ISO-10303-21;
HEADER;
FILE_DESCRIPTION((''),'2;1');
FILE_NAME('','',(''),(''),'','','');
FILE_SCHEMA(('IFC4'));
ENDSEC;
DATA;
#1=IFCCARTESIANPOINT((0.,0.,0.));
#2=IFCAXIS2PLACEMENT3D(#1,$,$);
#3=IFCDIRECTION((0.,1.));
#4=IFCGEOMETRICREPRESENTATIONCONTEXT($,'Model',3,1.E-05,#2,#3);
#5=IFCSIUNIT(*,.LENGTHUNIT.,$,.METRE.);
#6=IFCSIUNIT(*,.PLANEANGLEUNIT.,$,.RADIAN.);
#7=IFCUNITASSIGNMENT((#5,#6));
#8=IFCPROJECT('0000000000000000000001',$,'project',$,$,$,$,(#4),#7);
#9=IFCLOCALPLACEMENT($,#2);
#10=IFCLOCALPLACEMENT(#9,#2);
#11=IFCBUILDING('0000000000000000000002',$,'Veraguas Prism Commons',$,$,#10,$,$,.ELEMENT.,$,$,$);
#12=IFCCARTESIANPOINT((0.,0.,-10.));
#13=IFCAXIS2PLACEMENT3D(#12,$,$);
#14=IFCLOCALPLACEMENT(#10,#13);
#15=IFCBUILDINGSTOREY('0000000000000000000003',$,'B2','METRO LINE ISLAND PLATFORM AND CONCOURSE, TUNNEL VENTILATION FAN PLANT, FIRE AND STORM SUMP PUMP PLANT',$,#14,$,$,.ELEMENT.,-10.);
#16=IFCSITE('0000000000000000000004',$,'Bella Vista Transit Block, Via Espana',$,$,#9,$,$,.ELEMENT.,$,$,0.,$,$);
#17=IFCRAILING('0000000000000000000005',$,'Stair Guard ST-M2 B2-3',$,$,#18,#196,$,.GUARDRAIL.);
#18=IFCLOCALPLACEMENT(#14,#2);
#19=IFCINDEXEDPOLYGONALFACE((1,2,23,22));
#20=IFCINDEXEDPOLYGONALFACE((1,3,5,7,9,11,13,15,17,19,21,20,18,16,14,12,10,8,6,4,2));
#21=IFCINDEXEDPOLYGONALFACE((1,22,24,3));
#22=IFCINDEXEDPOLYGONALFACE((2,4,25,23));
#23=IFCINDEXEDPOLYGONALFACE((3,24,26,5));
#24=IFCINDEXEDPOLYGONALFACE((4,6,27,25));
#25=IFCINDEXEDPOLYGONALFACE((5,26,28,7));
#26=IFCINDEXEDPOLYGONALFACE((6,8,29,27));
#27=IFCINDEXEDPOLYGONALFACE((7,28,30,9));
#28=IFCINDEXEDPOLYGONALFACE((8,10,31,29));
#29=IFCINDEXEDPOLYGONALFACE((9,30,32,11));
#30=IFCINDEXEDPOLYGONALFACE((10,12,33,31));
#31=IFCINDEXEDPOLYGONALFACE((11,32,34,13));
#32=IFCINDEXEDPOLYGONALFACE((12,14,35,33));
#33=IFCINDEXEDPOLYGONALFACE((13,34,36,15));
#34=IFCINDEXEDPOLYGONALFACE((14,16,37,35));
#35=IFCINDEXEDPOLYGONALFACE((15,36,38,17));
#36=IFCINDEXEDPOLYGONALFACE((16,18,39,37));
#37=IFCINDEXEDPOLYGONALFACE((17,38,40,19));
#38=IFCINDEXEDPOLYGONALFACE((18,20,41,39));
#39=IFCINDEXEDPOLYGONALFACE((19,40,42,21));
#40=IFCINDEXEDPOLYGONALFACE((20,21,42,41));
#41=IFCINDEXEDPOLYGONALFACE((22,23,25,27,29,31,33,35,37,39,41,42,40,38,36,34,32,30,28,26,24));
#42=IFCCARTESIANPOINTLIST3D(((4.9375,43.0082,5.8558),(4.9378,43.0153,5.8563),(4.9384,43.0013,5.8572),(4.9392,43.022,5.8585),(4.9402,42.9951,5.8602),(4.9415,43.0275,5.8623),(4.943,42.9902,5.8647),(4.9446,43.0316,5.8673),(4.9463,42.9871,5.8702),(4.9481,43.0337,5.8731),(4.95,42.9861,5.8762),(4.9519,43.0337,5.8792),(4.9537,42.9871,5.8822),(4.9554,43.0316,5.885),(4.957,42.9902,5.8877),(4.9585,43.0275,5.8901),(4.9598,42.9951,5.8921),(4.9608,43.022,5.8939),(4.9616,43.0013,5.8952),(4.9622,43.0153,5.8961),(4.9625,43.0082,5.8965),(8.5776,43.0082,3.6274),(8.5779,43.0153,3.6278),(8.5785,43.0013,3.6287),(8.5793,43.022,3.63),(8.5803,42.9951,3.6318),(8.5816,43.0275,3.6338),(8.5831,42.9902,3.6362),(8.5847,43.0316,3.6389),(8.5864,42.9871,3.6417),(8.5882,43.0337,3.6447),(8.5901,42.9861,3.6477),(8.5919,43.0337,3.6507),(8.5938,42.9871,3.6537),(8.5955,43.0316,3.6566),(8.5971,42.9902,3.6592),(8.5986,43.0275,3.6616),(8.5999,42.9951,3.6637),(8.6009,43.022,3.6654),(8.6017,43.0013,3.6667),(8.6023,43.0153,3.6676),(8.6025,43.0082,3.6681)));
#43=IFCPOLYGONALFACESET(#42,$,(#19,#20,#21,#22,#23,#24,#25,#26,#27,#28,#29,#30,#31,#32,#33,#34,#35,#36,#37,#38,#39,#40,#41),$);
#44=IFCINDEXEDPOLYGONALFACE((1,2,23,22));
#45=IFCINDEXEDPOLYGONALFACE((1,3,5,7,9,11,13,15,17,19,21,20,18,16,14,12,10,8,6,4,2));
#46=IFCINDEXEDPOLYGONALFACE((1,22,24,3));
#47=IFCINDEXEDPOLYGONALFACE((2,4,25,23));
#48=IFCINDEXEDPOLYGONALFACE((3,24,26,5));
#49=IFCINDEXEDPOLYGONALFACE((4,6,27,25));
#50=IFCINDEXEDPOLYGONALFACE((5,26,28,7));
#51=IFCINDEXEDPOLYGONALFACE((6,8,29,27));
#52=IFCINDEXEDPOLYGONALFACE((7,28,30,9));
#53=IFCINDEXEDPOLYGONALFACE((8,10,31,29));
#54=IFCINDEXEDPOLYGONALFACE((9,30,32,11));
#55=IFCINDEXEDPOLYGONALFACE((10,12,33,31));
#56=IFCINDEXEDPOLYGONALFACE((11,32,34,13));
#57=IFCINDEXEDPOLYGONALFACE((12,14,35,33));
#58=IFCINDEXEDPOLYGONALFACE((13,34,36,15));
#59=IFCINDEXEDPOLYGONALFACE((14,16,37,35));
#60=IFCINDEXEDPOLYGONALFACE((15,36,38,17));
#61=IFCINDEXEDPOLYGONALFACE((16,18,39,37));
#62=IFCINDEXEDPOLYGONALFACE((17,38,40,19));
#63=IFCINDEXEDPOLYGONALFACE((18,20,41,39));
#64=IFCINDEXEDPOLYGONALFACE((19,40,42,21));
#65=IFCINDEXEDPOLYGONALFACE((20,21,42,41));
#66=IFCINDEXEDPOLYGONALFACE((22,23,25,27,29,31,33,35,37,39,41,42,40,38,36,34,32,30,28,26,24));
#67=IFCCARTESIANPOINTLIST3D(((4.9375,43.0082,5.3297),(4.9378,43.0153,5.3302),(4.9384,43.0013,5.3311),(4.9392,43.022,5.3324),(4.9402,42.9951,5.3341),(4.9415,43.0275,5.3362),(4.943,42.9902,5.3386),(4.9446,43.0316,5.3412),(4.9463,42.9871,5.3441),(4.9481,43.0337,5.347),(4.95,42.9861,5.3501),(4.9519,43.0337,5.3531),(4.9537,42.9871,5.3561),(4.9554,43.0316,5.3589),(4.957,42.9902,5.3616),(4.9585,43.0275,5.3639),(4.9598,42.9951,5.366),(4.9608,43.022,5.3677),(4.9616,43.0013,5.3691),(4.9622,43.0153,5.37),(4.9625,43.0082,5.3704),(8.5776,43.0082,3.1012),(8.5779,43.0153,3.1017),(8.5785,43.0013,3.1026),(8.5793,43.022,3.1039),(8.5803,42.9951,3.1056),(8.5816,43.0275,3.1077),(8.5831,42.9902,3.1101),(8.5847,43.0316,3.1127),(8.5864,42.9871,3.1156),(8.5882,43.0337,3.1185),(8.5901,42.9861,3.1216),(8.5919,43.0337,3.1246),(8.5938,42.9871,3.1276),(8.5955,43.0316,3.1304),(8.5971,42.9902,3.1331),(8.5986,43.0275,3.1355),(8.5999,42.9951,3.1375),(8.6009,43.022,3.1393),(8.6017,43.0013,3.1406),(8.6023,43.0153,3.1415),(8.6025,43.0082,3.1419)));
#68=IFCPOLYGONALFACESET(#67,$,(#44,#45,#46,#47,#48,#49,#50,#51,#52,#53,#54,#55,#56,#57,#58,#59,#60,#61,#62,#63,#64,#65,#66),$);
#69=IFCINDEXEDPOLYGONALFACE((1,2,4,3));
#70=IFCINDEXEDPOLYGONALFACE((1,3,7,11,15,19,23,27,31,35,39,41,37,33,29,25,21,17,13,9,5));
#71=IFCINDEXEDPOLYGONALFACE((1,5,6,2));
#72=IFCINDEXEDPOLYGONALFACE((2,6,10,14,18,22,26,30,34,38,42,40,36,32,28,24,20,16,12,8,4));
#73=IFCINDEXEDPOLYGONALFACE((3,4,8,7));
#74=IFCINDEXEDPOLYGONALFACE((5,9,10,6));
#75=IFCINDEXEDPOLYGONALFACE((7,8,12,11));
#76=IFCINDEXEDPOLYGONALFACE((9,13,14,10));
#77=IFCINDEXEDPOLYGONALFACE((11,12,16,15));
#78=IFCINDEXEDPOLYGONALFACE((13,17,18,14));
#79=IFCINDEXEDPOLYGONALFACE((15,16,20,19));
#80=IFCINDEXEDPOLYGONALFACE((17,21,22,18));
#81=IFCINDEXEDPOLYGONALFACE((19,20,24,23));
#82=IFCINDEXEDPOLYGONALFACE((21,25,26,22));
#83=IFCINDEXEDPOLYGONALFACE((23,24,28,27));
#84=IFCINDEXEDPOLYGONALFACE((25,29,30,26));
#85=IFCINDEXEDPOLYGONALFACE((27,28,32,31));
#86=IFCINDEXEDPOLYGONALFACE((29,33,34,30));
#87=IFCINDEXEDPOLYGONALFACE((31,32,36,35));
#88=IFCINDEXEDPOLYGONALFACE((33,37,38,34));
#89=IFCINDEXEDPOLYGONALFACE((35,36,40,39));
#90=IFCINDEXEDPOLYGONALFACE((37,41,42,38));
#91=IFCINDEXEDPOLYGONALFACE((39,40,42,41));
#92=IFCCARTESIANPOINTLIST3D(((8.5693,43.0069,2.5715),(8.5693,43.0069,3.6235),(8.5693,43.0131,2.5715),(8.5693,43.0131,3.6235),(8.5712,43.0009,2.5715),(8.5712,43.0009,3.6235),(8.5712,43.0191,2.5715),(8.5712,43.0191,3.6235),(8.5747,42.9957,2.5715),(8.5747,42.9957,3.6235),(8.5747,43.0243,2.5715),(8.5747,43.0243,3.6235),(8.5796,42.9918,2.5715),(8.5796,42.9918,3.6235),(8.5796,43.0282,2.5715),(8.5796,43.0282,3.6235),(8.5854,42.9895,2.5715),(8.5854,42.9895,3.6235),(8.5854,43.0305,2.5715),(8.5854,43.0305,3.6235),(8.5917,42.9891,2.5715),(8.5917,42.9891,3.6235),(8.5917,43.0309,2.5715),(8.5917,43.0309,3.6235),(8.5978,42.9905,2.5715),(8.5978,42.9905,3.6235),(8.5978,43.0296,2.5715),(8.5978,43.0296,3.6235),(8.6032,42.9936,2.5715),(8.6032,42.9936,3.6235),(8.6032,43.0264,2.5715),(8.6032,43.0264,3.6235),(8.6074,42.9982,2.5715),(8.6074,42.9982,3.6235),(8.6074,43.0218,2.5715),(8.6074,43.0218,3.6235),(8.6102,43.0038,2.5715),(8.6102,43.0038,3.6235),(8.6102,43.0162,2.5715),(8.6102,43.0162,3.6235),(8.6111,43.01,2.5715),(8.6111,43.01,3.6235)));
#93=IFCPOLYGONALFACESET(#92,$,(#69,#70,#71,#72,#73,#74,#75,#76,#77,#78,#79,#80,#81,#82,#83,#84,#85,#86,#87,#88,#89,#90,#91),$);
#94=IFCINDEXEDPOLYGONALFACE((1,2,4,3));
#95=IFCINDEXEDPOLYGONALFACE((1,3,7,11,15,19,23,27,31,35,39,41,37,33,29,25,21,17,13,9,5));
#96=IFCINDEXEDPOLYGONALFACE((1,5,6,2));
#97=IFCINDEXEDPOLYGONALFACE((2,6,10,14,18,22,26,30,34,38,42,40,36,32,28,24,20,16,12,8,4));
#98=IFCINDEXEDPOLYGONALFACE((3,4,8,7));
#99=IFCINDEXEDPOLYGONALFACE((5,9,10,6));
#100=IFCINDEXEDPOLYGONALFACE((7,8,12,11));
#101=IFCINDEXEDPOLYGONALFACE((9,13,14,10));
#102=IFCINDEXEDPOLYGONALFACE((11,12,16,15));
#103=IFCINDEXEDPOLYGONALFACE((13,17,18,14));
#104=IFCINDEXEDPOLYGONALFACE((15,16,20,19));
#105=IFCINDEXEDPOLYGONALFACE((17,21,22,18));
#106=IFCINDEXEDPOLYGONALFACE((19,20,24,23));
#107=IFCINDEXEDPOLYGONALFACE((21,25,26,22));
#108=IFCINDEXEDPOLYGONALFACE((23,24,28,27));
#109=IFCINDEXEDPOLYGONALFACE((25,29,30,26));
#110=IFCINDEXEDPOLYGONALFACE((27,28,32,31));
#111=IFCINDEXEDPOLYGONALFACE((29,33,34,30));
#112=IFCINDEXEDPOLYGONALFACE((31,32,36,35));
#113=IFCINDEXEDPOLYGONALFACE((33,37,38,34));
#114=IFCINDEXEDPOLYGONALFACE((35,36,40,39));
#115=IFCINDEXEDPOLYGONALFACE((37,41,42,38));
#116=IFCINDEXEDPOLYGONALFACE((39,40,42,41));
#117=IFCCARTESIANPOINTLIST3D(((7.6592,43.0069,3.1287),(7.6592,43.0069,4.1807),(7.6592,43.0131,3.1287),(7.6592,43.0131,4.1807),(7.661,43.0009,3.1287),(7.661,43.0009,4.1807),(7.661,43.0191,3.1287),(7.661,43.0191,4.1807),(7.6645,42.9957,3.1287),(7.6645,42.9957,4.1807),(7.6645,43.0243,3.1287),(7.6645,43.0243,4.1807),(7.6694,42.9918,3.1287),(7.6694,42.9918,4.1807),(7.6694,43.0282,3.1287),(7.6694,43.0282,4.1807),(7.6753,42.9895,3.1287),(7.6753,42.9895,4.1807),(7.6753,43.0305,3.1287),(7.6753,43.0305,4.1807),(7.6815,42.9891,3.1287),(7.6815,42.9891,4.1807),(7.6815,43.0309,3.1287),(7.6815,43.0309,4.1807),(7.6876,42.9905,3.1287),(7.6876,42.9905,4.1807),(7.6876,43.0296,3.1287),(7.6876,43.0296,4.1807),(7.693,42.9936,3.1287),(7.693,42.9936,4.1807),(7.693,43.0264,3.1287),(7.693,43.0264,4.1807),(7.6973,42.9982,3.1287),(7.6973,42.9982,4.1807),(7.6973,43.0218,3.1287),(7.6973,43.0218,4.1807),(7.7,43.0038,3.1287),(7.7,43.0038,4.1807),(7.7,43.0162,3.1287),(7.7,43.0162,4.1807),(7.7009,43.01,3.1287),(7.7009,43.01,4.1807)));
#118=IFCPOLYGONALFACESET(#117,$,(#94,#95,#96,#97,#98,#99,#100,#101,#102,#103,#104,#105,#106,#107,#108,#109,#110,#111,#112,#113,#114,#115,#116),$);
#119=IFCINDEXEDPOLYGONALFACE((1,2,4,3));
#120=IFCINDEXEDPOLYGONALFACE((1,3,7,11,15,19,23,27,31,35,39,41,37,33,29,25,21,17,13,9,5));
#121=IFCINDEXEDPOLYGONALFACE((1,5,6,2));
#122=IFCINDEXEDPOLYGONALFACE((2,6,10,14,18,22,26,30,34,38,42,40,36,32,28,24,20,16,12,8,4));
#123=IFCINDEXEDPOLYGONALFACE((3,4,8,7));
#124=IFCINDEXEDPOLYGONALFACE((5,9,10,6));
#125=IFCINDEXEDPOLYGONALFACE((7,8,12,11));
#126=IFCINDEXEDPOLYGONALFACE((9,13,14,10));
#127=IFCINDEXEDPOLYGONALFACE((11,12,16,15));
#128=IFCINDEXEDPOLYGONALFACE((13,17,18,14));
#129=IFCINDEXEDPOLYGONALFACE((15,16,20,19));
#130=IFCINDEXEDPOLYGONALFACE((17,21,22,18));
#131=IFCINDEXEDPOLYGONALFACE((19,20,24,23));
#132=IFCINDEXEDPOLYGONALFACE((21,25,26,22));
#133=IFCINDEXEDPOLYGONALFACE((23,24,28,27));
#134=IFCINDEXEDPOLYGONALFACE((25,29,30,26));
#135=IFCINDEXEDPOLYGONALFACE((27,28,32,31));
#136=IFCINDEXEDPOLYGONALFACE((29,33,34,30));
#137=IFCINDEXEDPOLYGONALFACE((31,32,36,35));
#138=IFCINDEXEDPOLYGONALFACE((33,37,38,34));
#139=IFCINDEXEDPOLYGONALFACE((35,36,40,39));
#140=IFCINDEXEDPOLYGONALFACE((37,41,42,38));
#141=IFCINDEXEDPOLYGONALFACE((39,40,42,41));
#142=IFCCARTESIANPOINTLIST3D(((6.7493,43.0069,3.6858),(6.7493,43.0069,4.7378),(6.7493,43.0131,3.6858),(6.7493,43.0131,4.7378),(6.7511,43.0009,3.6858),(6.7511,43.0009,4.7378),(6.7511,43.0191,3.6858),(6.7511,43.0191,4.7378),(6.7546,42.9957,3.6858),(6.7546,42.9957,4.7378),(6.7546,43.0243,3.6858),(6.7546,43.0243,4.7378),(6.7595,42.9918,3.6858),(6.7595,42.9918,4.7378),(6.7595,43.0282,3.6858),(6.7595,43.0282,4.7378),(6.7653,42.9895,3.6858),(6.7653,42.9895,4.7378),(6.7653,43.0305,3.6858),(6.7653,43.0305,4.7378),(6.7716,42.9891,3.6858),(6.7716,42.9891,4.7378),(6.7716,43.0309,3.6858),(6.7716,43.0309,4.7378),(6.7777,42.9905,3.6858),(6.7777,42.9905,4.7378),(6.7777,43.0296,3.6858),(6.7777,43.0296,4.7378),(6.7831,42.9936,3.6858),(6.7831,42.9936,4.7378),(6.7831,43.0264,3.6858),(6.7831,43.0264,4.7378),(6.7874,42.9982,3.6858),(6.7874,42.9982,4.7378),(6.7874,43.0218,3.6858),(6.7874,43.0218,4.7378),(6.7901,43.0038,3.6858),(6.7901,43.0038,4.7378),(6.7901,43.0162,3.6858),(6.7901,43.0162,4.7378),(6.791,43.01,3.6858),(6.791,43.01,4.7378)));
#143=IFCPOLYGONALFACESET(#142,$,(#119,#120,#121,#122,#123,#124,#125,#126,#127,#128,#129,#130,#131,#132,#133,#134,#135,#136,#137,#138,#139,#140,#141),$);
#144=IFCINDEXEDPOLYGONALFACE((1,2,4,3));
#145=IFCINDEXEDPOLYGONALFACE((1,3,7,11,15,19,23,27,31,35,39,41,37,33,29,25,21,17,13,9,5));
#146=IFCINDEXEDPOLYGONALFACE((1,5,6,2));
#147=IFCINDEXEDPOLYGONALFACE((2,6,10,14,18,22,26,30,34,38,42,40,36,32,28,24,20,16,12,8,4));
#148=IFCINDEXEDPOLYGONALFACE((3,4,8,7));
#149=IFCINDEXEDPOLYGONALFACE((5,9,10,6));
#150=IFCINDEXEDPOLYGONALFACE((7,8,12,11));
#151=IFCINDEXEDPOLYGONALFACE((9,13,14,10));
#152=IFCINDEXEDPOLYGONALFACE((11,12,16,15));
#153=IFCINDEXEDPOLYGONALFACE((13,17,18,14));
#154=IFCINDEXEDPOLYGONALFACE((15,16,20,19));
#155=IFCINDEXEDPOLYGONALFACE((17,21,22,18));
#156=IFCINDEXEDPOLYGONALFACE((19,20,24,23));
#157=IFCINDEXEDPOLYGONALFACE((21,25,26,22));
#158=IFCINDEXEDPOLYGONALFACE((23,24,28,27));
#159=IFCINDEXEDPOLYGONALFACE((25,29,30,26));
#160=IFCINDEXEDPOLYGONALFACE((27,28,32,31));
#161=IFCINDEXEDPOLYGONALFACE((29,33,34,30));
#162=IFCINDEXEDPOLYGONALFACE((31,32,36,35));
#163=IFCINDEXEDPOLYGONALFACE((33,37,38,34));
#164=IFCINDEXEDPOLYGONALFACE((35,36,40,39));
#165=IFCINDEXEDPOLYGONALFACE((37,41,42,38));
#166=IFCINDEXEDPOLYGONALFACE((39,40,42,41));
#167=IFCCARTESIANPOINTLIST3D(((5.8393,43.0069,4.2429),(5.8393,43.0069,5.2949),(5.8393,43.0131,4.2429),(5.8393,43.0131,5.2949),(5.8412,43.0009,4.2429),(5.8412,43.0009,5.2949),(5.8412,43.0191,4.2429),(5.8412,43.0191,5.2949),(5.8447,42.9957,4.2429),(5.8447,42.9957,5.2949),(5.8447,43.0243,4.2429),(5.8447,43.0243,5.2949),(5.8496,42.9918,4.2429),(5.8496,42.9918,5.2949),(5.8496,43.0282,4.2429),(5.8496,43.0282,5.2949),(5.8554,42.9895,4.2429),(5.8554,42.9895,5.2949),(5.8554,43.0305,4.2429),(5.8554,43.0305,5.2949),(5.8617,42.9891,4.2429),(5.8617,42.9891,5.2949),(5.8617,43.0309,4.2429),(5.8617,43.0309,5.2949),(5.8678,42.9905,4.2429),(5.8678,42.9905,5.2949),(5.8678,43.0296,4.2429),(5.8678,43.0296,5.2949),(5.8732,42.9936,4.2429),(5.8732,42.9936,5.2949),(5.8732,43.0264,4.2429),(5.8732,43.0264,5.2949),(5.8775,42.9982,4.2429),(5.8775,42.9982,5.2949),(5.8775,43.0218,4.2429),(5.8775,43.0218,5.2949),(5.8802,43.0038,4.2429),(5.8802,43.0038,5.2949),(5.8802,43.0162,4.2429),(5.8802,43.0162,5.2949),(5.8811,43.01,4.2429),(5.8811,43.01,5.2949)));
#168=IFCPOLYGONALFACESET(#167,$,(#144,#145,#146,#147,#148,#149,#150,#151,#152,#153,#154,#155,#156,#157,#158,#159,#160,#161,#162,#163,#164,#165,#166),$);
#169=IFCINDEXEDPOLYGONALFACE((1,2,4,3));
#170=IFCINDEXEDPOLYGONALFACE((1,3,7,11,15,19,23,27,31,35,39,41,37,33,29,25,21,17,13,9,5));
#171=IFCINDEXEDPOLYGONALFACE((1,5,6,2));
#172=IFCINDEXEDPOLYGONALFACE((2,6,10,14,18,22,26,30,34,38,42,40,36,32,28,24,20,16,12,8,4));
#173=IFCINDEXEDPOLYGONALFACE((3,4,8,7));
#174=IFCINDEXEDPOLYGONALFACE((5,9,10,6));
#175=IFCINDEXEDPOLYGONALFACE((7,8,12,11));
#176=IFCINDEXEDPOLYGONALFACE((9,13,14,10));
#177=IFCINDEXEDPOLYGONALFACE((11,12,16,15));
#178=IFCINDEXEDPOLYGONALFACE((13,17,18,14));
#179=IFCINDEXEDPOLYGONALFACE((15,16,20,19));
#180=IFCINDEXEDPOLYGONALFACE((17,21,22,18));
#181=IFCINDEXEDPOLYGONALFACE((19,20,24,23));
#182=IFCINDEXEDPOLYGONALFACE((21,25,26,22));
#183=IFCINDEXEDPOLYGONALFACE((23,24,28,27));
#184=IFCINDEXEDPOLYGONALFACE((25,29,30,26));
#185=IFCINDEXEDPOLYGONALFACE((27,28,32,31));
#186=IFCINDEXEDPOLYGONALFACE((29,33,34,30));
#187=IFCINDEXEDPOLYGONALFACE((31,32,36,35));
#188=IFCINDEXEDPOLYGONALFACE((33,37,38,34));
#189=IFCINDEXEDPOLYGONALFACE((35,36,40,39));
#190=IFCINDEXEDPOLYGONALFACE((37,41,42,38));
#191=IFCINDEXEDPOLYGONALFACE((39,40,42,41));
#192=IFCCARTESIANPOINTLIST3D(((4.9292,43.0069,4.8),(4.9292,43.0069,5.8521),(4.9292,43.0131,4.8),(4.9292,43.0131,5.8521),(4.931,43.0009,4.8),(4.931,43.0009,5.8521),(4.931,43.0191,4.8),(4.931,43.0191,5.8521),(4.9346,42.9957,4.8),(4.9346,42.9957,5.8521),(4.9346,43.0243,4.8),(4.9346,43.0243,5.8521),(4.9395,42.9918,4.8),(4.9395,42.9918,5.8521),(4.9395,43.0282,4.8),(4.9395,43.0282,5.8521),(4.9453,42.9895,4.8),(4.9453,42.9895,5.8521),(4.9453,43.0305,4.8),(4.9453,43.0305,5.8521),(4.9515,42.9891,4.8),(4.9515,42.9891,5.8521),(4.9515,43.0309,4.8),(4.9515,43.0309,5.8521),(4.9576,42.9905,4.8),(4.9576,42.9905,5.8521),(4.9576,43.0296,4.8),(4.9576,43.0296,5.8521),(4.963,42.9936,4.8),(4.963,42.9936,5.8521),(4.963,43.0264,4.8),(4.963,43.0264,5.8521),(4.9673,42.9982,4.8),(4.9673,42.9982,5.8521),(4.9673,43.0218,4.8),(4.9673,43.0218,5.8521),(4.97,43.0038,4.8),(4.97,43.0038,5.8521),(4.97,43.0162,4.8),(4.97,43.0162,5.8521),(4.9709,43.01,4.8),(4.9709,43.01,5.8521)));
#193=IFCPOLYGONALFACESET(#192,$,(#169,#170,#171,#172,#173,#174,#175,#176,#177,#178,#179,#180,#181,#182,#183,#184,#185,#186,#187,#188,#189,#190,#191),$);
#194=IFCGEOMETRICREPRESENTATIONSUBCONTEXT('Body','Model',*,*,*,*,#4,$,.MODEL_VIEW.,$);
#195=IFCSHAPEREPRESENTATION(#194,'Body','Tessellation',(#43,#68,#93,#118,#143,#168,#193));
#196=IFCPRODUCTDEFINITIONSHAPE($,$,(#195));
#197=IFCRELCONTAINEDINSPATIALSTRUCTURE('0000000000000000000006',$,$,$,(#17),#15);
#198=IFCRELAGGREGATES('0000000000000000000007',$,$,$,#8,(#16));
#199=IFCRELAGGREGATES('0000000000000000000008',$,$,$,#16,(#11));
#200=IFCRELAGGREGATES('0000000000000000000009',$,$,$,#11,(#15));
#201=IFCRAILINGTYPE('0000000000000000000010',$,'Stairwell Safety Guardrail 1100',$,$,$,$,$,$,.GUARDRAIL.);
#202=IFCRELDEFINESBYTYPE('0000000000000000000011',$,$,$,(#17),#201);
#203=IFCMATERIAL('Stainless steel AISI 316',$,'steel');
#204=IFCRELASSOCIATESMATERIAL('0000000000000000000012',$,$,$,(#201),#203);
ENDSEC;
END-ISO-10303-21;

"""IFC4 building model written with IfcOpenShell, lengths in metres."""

from ifc_helpers import new_model, si_unit, direction, frame, origin, origin_2d, place, context, subcontext, project, spatial, circle, extrude, material, type_object, element, save


model = new_model("IFC4")

# Units and contexts
model_context = context("Model", 3, precision=1e-05, world=origin(), true_north=direction((0.0, 1.0)))
body_context = subcontext(model_context, "Body", "Model", "MODEL_VIEW")
ifc_project = project(units=[si_unit("LENGTHUNIT", "METRE"), si_unit("PLANEANGLEUNIT", "RADIAN")], contexts=[model_context])

# Site, building, storey
site_placement = place(None, origin())
site = spatial("IfcSite", under=ifc_project, at=site_placement, Name="Bella Vista Transit Block, Via Espana", CompositionType="ELEMENT", RefElevation=0.0)
building_placement = place(site_placement, origin())
building = spatial("IfcBuilding", under=site, at=building_placement, Name="Veraguas Prism Commons", CompositionType="ELEMENT")
storey_placement = place(building_placement, frame((0.0, 0.0, -10.0)))
storey = spatial("IfcBuildingStorey", under=building, at=storey_placement, Name="B2", Description="METRO LINE ISLAND PLATFORM AND CONCOURSE, TUNNEL VENTILATION FAN PLANT, FIRE AND STORM SUMP PUMP PLANT", CompositionType="ELEMENT", Elevation=-10.0)

# Railing
ifc_material_1 = material(Name="Stainless steel AISI 316", Category="steel")
railing_type_1 = type_object("IfcRailingType", Name="Stairwell Safety Guardrail 1100", PredefinedType="GUARDRAIL", material=ifc_material_1)
railing_1_placement = place(storey_placement, frame((8.5901, 43.01, 2.5715)))
element("IfcRailing", 1, at=railing_1_placement, inside=storey, type_object=railing_type_1, Name="Stair Guard ST-M2 B2-3", PredefinedType="GUARDRAIL", context=body_context, shape_type="SweptSolid", body=[
    extrude(circle(Radius=0.0239, at=origin_2d()), frame((0.0, 0.0, 1.0762), z_axis=(-0.852866, 0.0, 0.52213), x_axis=(0.0, -1.0, 0.0)), (0.0, 0.0, 1.0), 4.2681),
    extrude(circle(Radius=0.0239, at=origin_2d()), frame((0.0, 0.0, 0.55), z_axis=(-0.852866, 0.0, 0.52213), x_axis=(0.0, -1.0, 0.0)), (0.0, 0.0, 1.0), 4.2681),
    extrude(circle(Radius=0.021, at=origin_2d()), origin(), (0.0, 0.0, 1.0), 1.052),
    extrude(circle(Radius=0.021, at=origin_2d()), frame((-0.9102, 0.0, 0.5571)), (0.0, 0.0, 1.0), 1.052),
    extrude(circle(Radius=0.021, at=origin_2d()), frame((-1.8201, 0.0, 1.1143)), (0.0, 0.0, 1.0), 1.052),
    extrude(circle(Radius=0.021, at=origin_2d()), frame((-2.73, 0.0, 1.6714)), (0.0, 0.0, 1.0), 1.052),
    extrude(circle(Radius=0.021, at=origin_2d()), frame((-3.6401, 0.0, 2.2285)), (0.0, 0.0, 1.0), 1.052),
])

save(model, "model.ifc")
